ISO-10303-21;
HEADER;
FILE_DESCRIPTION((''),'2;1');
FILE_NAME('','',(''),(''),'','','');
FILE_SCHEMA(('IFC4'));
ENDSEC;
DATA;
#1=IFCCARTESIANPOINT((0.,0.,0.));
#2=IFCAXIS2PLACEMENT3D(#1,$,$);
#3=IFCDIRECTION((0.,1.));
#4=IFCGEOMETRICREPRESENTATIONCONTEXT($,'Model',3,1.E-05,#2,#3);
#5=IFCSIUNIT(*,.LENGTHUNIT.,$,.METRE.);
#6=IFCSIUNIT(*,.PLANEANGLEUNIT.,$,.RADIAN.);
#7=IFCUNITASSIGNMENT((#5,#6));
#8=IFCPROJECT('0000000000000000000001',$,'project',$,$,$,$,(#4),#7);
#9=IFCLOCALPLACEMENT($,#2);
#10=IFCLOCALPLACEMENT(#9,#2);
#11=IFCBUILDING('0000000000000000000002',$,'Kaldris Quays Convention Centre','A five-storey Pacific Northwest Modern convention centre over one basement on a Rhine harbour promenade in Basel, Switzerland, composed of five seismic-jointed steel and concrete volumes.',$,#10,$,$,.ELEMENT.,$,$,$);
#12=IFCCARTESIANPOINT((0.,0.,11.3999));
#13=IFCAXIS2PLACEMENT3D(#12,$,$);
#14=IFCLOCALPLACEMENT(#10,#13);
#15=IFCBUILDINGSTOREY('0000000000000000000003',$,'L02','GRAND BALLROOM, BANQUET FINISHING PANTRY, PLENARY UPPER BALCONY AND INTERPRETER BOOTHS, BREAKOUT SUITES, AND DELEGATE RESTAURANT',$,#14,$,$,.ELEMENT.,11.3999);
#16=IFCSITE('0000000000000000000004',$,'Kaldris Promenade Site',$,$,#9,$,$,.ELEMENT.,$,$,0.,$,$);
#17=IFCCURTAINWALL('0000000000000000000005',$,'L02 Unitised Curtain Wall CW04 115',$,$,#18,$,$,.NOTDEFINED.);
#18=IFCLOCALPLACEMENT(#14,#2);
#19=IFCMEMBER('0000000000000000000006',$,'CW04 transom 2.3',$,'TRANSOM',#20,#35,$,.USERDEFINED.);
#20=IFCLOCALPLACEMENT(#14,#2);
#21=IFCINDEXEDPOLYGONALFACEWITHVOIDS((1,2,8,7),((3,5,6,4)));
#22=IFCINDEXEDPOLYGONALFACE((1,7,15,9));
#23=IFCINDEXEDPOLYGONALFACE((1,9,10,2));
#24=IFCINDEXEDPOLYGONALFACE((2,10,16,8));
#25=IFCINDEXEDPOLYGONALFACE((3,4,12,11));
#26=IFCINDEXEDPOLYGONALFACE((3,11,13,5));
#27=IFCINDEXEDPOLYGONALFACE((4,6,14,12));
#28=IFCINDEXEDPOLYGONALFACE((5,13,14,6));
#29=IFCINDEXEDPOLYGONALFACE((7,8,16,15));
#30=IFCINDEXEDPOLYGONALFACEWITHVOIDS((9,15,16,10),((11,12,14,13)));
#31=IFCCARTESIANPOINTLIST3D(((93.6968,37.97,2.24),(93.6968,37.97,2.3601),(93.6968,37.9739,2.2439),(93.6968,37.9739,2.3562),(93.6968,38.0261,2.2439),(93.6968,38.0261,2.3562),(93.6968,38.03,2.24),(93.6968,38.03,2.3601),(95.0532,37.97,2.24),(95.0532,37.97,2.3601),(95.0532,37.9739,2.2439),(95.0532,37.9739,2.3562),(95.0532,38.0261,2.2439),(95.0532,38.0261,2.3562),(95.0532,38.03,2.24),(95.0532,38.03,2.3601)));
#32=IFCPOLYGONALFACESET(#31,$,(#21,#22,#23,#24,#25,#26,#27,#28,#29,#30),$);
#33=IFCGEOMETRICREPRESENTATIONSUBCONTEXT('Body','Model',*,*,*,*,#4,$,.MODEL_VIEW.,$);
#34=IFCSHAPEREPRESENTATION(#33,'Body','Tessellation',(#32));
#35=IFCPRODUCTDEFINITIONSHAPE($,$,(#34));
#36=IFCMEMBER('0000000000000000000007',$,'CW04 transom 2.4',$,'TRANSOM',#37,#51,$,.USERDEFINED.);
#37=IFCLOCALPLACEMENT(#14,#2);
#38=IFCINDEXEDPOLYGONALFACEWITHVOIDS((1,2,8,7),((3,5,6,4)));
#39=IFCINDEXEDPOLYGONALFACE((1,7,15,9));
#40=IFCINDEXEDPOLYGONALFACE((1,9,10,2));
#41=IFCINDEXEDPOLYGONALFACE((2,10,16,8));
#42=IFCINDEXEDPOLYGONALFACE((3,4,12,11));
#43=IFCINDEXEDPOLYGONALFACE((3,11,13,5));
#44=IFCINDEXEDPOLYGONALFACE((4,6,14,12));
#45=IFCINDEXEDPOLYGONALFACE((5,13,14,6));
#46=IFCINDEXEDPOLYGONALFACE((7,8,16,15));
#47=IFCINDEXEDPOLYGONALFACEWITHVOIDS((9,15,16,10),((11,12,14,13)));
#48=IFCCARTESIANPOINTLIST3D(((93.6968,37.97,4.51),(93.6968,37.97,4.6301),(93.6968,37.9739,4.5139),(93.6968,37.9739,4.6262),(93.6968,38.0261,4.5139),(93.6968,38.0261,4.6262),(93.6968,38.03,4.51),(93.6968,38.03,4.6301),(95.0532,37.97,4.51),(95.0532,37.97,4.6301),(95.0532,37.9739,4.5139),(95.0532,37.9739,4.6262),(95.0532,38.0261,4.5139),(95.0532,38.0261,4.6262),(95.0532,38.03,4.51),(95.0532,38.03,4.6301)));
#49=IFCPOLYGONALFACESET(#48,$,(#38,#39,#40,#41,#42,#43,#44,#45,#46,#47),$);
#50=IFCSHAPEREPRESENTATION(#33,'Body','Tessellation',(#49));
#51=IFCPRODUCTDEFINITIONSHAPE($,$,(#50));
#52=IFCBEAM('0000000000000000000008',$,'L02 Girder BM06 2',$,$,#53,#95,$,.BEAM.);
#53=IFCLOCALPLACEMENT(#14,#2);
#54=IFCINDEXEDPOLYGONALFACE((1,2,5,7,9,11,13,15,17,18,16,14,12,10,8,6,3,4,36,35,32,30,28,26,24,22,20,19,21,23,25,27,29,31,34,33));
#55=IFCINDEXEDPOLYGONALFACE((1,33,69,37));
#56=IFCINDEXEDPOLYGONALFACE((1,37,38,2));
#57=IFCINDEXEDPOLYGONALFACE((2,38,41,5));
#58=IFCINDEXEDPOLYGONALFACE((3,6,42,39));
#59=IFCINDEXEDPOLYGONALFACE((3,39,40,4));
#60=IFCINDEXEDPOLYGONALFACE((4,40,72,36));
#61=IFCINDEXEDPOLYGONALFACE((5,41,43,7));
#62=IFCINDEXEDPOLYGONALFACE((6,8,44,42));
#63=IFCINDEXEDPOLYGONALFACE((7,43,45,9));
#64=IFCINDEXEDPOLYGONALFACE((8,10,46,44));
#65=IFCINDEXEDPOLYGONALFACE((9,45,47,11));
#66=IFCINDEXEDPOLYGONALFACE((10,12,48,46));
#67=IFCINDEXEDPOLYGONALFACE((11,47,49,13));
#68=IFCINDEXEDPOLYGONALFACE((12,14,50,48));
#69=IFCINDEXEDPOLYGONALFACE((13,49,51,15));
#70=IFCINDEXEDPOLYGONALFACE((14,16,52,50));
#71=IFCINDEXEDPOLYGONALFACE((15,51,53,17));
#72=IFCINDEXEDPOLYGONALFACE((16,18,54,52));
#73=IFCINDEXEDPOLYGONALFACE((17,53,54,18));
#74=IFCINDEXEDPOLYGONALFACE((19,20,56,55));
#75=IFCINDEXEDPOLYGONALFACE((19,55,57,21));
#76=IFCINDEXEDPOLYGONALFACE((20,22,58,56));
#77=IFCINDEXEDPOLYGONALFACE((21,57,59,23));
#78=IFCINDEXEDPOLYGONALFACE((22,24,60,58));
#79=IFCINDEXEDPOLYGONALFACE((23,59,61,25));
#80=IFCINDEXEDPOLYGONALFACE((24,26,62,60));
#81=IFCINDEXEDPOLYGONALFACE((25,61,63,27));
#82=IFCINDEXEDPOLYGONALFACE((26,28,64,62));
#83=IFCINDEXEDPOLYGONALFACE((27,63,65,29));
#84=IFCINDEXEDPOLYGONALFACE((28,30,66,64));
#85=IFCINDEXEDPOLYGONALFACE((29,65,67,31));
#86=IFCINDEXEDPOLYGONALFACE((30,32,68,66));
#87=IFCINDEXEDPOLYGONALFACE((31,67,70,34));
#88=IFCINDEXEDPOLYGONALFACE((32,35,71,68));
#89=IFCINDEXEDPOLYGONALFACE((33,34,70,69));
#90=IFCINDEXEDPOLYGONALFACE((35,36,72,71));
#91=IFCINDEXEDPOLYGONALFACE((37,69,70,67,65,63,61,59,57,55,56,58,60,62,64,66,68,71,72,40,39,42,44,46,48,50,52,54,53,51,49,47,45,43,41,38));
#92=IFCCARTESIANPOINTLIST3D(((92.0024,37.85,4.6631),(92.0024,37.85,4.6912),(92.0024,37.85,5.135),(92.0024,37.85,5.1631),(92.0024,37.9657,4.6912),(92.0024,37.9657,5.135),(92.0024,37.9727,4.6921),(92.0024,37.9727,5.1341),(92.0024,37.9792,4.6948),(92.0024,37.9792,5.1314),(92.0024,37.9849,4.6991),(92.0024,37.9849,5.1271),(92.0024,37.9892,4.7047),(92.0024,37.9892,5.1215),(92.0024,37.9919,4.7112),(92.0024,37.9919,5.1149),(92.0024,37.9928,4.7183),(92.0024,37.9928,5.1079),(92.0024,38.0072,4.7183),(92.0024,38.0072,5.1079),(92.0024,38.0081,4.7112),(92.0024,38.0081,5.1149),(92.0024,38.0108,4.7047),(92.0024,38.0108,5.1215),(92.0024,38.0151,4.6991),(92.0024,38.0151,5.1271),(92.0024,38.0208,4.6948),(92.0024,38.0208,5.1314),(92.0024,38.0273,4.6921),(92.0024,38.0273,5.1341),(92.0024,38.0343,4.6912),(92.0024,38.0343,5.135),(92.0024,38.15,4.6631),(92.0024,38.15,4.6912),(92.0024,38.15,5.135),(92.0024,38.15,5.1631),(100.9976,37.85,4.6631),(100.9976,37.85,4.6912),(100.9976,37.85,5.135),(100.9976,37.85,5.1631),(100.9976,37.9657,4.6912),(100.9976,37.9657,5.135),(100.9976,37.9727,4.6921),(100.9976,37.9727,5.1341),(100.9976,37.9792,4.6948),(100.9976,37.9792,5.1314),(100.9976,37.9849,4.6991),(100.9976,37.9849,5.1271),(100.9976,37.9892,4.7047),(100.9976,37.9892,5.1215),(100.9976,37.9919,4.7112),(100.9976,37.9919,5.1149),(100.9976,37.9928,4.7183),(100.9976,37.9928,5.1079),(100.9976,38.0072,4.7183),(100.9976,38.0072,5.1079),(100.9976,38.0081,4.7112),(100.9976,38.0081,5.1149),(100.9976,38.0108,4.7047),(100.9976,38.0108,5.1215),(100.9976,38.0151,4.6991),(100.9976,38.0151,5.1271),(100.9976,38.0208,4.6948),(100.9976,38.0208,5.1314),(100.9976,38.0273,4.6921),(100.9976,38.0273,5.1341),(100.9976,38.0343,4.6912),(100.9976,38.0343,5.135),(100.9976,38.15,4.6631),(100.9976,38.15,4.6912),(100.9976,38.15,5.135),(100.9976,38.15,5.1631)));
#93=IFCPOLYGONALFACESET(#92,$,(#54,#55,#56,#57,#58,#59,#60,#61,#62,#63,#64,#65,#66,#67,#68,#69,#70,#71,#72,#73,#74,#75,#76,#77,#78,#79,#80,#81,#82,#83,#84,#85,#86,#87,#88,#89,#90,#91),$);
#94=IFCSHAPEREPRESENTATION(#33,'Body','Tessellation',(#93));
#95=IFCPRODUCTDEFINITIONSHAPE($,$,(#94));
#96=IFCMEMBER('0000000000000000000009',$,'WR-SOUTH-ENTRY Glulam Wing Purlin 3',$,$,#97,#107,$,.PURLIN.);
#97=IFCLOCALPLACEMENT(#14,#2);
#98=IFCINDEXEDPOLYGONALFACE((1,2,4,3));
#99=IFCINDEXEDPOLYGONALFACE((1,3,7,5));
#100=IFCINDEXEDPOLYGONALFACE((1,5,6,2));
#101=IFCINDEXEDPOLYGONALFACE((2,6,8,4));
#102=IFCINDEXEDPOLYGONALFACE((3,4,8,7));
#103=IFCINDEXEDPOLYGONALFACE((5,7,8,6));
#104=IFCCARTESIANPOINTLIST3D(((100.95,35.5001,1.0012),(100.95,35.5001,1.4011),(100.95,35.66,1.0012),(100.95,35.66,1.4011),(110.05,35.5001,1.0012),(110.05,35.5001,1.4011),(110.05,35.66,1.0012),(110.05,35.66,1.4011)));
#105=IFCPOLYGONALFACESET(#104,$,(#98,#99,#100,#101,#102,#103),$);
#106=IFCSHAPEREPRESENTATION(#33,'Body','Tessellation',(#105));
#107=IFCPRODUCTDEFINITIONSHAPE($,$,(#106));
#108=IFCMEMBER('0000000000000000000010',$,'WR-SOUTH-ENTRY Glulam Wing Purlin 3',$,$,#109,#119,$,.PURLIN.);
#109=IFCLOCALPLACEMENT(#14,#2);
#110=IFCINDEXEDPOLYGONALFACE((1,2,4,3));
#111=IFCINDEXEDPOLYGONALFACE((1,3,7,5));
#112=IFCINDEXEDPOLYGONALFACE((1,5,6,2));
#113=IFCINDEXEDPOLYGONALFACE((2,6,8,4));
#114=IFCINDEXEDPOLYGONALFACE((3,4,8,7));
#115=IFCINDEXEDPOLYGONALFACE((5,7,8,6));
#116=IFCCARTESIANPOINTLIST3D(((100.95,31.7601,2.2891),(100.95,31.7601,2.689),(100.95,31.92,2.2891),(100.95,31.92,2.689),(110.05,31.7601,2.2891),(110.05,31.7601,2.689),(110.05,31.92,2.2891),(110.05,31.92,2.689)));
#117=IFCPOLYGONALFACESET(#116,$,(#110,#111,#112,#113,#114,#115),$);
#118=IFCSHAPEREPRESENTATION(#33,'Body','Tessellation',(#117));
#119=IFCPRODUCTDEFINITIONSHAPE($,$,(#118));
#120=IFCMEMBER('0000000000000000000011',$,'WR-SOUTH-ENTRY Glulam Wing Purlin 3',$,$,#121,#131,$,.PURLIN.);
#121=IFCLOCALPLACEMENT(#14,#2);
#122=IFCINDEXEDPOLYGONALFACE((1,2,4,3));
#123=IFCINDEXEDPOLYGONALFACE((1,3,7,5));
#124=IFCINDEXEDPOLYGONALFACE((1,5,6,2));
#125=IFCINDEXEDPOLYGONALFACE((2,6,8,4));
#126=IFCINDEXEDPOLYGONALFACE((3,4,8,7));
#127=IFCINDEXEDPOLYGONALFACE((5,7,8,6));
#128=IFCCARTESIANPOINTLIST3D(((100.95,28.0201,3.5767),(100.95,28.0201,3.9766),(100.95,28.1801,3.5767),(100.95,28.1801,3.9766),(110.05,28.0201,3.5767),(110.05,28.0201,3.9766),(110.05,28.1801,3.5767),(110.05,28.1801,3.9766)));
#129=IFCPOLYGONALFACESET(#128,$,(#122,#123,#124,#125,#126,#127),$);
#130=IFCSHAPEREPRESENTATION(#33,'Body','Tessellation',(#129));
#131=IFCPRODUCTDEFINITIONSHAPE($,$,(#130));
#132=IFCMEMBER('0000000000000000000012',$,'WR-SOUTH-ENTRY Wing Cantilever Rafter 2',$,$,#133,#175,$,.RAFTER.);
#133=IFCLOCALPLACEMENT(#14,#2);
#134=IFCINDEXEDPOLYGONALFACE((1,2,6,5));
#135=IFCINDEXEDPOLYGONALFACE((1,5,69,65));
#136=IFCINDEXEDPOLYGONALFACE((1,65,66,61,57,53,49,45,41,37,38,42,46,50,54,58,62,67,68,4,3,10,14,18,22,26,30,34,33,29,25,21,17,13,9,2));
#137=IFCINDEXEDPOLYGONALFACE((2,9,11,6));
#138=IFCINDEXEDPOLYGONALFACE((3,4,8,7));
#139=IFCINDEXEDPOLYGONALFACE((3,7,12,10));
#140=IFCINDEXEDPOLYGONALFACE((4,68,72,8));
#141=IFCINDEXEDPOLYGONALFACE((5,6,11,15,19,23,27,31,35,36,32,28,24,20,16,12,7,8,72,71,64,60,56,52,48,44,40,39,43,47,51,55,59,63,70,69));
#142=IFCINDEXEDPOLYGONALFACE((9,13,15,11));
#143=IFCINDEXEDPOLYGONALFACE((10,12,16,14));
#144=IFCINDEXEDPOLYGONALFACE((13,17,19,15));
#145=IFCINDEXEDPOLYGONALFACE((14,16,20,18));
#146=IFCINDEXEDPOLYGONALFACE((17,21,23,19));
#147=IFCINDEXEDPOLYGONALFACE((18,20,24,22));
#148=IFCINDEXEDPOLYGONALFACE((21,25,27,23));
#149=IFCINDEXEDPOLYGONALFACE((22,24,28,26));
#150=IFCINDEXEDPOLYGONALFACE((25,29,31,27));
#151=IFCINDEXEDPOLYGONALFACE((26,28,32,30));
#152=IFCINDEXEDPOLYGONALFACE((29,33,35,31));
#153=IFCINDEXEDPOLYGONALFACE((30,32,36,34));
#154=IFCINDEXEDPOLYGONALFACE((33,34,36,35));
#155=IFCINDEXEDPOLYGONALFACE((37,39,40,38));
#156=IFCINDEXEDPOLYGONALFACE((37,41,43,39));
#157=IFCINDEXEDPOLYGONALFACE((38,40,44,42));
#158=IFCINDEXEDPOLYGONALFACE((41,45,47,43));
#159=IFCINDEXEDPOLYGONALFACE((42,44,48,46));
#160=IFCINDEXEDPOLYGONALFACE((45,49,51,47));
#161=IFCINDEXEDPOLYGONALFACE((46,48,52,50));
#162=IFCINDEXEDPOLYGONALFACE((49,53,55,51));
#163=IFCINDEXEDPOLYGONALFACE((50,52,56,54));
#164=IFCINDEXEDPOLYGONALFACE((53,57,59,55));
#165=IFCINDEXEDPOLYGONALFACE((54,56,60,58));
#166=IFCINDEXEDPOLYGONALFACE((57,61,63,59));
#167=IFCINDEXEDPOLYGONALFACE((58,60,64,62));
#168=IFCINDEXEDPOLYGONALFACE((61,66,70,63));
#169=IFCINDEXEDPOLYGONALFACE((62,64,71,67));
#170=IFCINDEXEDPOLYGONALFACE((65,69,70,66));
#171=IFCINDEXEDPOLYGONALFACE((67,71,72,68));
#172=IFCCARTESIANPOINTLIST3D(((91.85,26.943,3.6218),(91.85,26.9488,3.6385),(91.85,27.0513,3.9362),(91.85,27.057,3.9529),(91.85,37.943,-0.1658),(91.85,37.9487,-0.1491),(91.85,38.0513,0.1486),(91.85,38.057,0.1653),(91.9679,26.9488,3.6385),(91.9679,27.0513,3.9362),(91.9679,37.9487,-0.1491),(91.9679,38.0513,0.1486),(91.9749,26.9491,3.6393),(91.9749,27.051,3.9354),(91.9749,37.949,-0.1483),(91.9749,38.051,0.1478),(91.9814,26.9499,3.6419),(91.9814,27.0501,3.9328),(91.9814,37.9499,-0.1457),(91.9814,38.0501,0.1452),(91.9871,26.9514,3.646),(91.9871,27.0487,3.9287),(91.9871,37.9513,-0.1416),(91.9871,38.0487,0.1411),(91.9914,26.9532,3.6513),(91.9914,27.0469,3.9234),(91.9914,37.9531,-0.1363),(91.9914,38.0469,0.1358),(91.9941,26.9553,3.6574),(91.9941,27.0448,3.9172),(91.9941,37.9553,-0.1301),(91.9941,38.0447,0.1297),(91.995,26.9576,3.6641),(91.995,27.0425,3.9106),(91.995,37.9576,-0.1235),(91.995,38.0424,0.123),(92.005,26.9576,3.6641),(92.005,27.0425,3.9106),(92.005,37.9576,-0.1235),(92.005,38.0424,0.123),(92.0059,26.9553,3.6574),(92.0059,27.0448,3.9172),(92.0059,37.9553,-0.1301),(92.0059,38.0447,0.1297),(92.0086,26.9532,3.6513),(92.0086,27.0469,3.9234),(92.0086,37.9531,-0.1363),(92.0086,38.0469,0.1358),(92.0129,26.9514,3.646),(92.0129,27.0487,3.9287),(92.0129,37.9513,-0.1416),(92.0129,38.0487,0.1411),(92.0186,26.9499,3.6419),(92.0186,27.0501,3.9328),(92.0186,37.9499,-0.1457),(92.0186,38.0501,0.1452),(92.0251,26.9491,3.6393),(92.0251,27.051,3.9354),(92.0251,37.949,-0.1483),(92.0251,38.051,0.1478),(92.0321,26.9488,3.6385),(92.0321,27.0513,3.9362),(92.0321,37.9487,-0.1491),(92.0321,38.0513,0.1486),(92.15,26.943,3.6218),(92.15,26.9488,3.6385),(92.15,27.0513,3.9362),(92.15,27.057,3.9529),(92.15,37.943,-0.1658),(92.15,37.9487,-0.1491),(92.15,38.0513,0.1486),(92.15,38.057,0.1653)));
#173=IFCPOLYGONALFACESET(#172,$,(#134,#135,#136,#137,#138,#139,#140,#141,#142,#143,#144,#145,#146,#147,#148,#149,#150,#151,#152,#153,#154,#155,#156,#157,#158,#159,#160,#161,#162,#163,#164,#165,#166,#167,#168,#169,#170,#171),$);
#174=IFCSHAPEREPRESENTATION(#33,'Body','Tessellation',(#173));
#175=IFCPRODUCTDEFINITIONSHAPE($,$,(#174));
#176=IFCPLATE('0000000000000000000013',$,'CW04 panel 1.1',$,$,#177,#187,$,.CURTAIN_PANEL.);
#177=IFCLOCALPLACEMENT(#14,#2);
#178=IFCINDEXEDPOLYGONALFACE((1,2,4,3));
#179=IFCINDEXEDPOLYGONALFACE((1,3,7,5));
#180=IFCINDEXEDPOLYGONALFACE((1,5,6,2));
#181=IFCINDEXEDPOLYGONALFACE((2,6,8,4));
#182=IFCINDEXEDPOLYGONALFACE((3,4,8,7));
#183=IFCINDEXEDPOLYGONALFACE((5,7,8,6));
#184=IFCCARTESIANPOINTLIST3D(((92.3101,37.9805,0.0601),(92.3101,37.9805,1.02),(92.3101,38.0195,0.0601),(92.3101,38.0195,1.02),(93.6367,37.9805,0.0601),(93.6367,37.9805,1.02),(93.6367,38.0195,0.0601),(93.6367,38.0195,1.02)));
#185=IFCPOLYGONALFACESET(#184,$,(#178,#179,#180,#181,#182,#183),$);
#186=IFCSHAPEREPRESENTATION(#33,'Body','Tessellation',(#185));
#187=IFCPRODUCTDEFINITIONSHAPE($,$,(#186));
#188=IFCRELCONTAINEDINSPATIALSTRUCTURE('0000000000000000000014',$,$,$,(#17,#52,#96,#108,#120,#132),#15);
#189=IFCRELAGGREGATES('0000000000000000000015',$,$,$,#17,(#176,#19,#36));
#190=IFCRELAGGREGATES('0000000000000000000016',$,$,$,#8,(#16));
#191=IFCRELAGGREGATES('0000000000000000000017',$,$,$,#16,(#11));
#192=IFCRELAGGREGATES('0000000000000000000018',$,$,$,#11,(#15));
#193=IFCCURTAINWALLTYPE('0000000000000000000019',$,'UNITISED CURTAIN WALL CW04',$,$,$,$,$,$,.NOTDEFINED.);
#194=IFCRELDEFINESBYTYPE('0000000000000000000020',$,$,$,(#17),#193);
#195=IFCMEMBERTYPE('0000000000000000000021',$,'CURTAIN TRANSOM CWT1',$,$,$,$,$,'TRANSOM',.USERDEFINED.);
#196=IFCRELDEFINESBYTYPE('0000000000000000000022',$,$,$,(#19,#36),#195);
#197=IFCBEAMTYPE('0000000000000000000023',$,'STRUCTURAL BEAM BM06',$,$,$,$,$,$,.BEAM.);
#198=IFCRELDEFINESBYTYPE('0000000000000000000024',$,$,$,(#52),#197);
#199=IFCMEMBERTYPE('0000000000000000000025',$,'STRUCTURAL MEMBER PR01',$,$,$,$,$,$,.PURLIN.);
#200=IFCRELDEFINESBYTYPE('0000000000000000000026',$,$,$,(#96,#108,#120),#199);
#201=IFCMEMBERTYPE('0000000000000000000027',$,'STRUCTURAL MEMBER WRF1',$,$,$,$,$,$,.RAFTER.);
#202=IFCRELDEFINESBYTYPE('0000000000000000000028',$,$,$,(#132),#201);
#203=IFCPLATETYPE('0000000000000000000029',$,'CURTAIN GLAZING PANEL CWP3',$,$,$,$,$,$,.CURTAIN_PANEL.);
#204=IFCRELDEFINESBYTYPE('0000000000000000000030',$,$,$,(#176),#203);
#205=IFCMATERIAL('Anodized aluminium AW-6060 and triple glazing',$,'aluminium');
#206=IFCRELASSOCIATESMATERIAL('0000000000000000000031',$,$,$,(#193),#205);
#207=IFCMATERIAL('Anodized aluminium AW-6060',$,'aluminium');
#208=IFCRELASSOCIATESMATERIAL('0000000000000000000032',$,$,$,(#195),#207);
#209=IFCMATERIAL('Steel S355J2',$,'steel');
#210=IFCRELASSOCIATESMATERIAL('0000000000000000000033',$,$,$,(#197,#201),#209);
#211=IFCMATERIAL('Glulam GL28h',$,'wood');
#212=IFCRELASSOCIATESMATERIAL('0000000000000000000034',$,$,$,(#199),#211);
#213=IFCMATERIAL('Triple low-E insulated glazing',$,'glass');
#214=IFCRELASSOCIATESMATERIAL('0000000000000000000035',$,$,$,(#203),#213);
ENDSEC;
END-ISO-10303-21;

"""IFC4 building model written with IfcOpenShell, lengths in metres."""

from ifc_helpers import new_model, si_unit, direction, frame, origin, origin_2d, place, context, subcontext, project, spatial, rectangle, hollow_rectangle, i_section, extrude, material, material_profile, profile_set, type_object, element, aggregate, save


model = new_model("IFC4")

# Units and contexts
model_context = context("Model", 3, precision=1e-05, world=origin(), true_north=direction((0.0, 1.0)))
body_context = subcontext(model_context, "Body", "Model", "MODEL_VIEW")
ifc_project = project(units=[si_unit("LENGTHUNIT", "METRE"), si_unit("PLANEANGLEUNIT", "RADIAN")], contexts=[model_context])

# Site, building, storey
site_placement = place(None, origin())
site = spatial("IfcSite", under=ifc_project, at=site_placement, Name="Kaldris Promenade Site", CompositionType="ELEMENT", RefElevation=0.0)
building_placement = place(site_placement, origin())
building = spatial("IfcBuilding", under=site, at=building_placement, Name="Kaldris Quays Convention Centre", Description="A five-storey Pacific Northwest Modern convention centre over one basement on a Rhine harbour promenade in Basel, Switzerland, composed of five seismic-jointed steel and concrete volumes.", CompositionType="ELEMENT")
storey_placement = place(building_placement, frame((0.0, 0.0, 11.3999)))
storey = spatial("IfcBuildingStorey", under=building, at=storey_placement, Name="L02", Description="GRAND BALLROOM, BANQUET FINISHING PANTRY, PLENARY UPPER BALCONY AND INTERPRETER BOOTHS, BREAKOUT SUITES, AND DELEGATE RESTAURANT", CompositionType="ELEMENT", Elevation=11.3999)

# Shared definitions
ifc_material_1 = material(Name="Steel S355J2", Category="steel")

# Curtain wall, members
ifc_material_2 = material(Name="Anodized aluminium AW-6060 and triple glazing", Category="aluminium")
curtain_wall_type = type_object("IfcCurtainWallType", Name="UNITISED CURTAIN WALL CW04", PredefinedType="NOTDEFINED", material=ifc_material_2)
curtain_wall_placement = place(storey_placement, origin())
curtain_wall = element("IfcCurtainWall", 1, at=curtain_wall_placement, inside=storey, type_object=curtain_wall_type, Name="L02 Unitised Curtain Wall CW04 115", PredefinedType="NOTDEFINED")
ifc_material_3 = material(Name="Anodized aluminium AW-6060", Category="aluminium")
ifc_material_profile_1 = material_profile(ifc_material_3, hollow_rectangle(XDim=0.0601, YDim=0.1201, WallThickness=0.0039, at=origin_2d()), Name="RHS 120x60x4")
ifc_profile_set_1 = profile_set([ifc_material_profile_1], Name="Anodized aluminium AW-6060")
member_type_1 = type_object("IfcMemberType", Name="CURTAIN TRANSOM CWT1", ElementType="TRANSOM", PredefinedType="USERDEFINED", material=ifc_profile_set_1)
member_1_placement = place(storey_placement, frame((93.6968, 38.0, 2.3), z_axis=(1.0, 0.0, 0.0), x_axis=(0.0, 1.0, 0.0)))
member_1 = element("IfcMember", 2, at=member_1_placement, type_object=member_type_1, Name="CW04 transom 2.3", ObjectType="TRANSOM", PredefinedType="USERDEFINED", context=body_context, shape_type="SweptSolid", body=[
    extrude(hollow_rectangle(XDim=0.0601, YDim=0.1201, WallThickness=0.0039, at=origin_2d()), origin(), (0.0, 0.0, 1.0), 1.3564),
])
member_2_placement = place(storey_placement, frame((93.6968, 38.0, 4.5701), z_axis=(1.0, 0.0, 0.0), x_axis=(0.0, 1.0, 0.0)))
member_2 = element("IfcMember", 3, at=member_2_placement, type_object=member_type_1, Name="CW04 transom 2.4", ObjectType="TRANSOM", PredefinedType="USERDEFINED", context=body_context, shape_type="SweptSolid", body=[
    extrude(hollow_rectangle(XDim=0.0601, YDim=0.1201, WallThickness=0.0039, at=origin_2d()), origin(), (0.0, 0.0, 1.0), 1.3564),
])

# Beam
ifc_material_profile_2 = material_profile(ifc_material_1, i_section(OverallWidth=0.3, OverallDepth=0.5, WebThickness=0.0144, FlangeThickness=0.0281, FilletRadius=0.0271, at=origin_2d()), Name="HEB 500")
ifc_profile_set_2 = profile_set([ifc_material_profile_2], Name="Steel S355J2")
beam_type = type_object("IfcBeamType", Name="STRUCTURAL BEAM BM06", PredefinedType="BEAM", material=ifc_profile_set_2)
beam_placement = place(storey_placement, frame((92.0024, 38.0, 4.9131), z_axis=(1.0, 0.0, 0.0), x_axis=(0.0, 1.0, 0.0)))
element("IfcBeam", 4, at=beam_placement, inside=storey, type_object=beam_type, Name="L02 Girder BM06 2", PredefinedType="BEAM", context=body_context, shape_type="SweptSolid", body=[
    extrude(i_section(OverallWidth=0.3, OverallDepth=0.5, WebThickness=0.0144, FlangeThickness=0.0281, FilletRadius=0.0271, at=origin_2d()), origin(), (0.0, 0.0, 1.0), 8.9951),
])

# Members
ifc_material_4 = material(Name="Glulam GL28h", Category="wood")
ifc_material_profile_3 = material_profile(ifc_material_4, rectangle(XDim=0.1599, YDim=0.3999, at=origin_2d()), Name="GL 160x400")
ifc_profile_set_3 = profile_set([ifc_material_profile_3], Name="Glulam GL28h")
member_type_2 = type_object("IfcMemberType", Name="STRUCTURAL MEMBER PR01", PredefinedType="PURLIN", material=ifc_profile_set_3)
for number, where, z_axis, x_axis, name in (
    (5, (100.95, 35.5801, 1.2012), (1.0, 0.0, 0.0), (0.0, 1.0, 0.0), "WR-SOUTH-ENTRY Glulam Wing Purlin 3"),
    (6, (100.95, 31.8401, 2.489), (1.0, 0.0, 0.0), (0.0, 1.0, 0.0), "WR-SOUTH-ENTRY Glulam Wing Purlin 3"),
    (7, (100.95, 28.1001, 3.7766), (1.0, 0.0, 0.0), (0.0, 1.0, 0.0), "WR-SOUTH-ENTRY Glulam Wing Purlin 3"),
):
    element("IfcMember", number, at=place(storey_placement, frame(where, z_axis=z_axis, x_axis=x_axis)), inside=storey, type_object=member_type_2, Name=name, PredefinedType="PURLIN", context=body_context, shape_type="SweptSolid", body=[
        extrude(rectangle(XDim=0.1599, YDim=0.3999, at=origin_2d()), origin(), (0.0, 0.0, 1.0), 9.1001),
    ])
ifc_material_profile_4 = material_profile(ifc_material_1, i_section(OverallWidth=0.3, OverallDepth=0.3501, WebThickness=0.01, FlangeThickness=0.0176, FilletRadius=0.0271, at=origin_2d()), Name="HEA 360")
ifc_profile_set_4 = profile_set([ifc_material_profile_4], Name="Steel S355J2")
member_type_3 = type_object("IfcMemberType", Name="STRUCTURAL MEMBER WRF1", PredefinedType="RAFTER", material=ifc_profile_set_4)
member_3_placement = place(storey_placement, frame((92.0, 38.0, -0.0002), z_axis=(0.0, -0.945519, 0.325568), x_axis=(1.0, 0.0, 0.0)))
element("IfcMember", 8, at=member_3_placement, inside=storey, type_object=member_type_3, Name="WR-SOUTH-ENTRY Wing Cantilever Rafter 2", PredefinedType="RAFTER", context=body_context, shape_type="SweptSolid", body=[
    extrude(i_section(OverallWidth=0.3, OverallDepth=0.3501, WebThickness=0.01, FlangeThickness=0.0176, FilletRadius=0.0271, at=origin_2d()), origin(), (0.0, 0.0, 1.0), 11.6338),
])

# Plate
ifc_material_5 = material(Name="Triple low-E insulated glazing", Category="glass")
plate_type_1 = type_object("IfcPlateType", Name="CURTAIN GLAZING PANEL CWP3", PredefinedType="CURTAIN_PANEL", material=ifc_material_5)
plate_1_placement = place(storey_placement, frame((92.9734, 38.0, 0.0601), z_axis=(0.0, 0.0, 1.0), x_axis=(1.0, 0.0, 0.0)))
plate_1 = element("IfcPlate", 9, at=plate_1_placement, type_object=plate_type_1, Name="CW04 panel 1.1", PredefinedType="CURTAIN_PANEL", context=body_context, shape_type="SweptSolid", body=[
    extrude(rectangle(XDim=1.3267, YDim=0.0391, at=origin_2d()), origin(), (0.0, 0.0, 1.0), 0.96),
])
aggregate(curtain_wall, [plate_1, member_1, member_2])

save(model, "model.ifc")
